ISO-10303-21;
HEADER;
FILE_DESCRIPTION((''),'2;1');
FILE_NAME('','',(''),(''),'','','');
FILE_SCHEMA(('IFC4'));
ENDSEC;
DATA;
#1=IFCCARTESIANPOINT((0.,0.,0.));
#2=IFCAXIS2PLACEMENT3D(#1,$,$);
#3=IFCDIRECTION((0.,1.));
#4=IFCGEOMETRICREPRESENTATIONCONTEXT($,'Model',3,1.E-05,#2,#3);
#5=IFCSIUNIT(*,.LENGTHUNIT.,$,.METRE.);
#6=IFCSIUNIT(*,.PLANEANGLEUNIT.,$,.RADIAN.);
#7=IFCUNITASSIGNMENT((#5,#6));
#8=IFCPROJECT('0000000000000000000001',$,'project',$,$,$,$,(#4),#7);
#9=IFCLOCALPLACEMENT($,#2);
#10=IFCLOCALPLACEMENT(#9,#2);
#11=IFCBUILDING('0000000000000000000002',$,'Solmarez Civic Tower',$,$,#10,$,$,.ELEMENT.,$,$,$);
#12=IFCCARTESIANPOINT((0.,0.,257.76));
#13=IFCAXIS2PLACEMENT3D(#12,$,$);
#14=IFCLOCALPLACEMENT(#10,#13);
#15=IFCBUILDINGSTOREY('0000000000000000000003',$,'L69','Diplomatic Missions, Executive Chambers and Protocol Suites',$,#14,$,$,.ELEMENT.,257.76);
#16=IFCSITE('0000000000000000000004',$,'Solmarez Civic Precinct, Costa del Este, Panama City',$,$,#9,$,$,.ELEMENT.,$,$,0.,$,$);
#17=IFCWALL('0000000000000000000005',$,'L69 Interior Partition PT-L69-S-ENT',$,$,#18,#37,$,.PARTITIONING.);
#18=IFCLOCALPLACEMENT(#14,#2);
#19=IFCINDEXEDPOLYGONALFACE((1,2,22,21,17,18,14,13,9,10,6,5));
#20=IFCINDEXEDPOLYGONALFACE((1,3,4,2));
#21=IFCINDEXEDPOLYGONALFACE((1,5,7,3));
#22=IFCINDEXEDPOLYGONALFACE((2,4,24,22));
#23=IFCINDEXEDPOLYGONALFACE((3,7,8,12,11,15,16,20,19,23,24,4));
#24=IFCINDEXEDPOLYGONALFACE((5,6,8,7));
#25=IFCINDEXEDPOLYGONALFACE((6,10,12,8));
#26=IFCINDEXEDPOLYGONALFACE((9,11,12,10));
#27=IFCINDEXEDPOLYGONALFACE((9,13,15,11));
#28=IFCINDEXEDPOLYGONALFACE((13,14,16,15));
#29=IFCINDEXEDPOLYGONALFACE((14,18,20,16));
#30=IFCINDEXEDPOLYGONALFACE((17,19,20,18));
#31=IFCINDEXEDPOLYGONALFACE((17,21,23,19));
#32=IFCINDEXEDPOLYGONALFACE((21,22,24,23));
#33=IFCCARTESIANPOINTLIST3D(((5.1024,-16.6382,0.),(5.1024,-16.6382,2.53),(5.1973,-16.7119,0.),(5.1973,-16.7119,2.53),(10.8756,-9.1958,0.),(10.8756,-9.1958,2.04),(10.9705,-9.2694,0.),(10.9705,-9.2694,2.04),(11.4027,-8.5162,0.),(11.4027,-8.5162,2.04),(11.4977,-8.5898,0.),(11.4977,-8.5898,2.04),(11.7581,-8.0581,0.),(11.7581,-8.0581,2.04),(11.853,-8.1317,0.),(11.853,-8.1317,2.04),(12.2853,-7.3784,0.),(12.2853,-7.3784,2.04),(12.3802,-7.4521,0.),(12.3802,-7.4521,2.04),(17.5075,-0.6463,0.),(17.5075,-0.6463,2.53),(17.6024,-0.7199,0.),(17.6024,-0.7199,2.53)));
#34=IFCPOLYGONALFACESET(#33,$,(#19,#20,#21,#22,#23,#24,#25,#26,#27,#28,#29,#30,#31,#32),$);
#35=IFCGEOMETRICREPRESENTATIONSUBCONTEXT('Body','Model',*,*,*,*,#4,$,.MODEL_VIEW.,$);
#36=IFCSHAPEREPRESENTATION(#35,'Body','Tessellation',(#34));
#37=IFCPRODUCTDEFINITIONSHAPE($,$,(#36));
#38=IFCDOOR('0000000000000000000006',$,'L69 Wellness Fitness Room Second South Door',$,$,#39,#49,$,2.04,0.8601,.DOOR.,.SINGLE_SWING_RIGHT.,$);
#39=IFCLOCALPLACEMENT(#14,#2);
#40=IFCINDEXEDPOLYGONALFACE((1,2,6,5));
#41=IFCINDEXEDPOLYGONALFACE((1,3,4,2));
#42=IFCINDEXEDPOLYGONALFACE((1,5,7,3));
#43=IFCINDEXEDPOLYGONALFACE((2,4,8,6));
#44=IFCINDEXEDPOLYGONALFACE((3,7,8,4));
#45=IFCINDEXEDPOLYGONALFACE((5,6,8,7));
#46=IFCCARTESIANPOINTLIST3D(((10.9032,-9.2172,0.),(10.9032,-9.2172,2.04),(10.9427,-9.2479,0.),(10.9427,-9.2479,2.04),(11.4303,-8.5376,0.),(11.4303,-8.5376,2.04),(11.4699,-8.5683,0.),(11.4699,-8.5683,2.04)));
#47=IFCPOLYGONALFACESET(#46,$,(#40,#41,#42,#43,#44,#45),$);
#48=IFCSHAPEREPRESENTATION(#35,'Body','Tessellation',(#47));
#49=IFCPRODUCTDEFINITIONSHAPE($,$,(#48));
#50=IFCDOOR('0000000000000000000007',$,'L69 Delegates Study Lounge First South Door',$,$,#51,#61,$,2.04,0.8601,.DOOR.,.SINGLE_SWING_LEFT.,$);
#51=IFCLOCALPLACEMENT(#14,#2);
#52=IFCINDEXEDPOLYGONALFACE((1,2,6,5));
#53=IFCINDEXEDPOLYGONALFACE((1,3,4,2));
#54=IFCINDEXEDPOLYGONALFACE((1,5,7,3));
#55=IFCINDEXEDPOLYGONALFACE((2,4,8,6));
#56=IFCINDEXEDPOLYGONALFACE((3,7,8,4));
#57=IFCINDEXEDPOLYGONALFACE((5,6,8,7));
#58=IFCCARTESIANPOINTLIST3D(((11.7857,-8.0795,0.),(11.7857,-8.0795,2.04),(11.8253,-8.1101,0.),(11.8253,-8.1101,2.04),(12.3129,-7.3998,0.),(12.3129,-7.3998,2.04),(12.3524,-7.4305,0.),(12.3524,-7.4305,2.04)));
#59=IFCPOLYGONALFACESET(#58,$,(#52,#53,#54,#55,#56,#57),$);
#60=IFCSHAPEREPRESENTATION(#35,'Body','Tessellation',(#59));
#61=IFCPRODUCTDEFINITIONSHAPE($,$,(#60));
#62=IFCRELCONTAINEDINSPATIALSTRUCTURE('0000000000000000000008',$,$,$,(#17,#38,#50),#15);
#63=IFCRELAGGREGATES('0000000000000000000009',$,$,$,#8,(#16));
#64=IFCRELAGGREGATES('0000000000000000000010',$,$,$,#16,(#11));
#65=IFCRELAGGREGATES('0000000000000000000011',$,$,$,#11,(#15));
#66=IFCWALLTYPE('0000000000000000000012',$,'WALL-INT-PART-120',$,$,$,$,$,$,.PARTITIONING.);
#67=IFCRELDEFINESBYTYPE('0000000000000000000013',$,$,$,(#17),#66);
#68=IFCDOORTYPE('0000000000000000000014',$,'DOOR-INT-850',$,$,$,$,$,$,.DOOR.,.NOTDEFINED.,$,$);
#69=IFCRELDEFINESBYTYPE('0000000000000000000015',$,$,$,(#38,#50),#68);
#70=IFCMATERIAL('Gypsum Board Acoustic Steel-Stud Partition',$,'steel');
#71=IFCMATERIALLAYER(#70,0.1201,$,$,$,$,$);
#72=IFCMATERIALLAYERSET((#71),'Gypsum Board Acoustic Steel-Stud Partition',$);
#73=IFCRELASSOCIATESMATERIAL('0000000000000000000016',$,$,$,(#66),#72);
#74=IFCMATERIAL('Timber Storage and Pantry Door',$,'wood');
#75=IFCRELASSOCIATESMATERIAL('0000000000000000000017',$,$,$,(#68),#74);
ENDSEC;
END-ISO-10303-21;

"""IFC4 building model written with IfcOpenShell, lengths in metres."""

from ifc_helpers import new_model, si_unit, direction, frame, frame_2d, origin, place, context, subcontext, project, spatial, rectangle, extrude, material, layer, layer_set, type_object, element, fill, save


model = new_model("IFC4")

# Units and contexts
model_context = context("Model", 3, precision=1e-05, world=origin(), true_north=direction((0.0, 1.0)))
body_context = subcontext(model_context, "Body", "Model", "MODEL_VIEW")
ifc_project = project(units=[si_unit("LENGTHUNIT", "METRE"), si_unit("PLANEANGLEUNIT", "RADIAN")], contexts=[model_context])

# Site, building, storey
site_placement = place(None, origin())
site = spatial("IfcSite", under=ifc_project, at=site_placement, Name="Solmarez Civic Precinct, Costa del Este, Panama City", CompositionType="ELEMENT", RefElevation=0.0)
building_placement = place(site_placement, origin())
building = spatial("IfcBuilding", under=site, at=building_placement, Name="Solmarez Civic Tower", CompositionType="ELEMENT")
storey_placement = place(building_placement, frame((0.0, 0.0, 257.76)))
storey = spatial("IfcBuildingStorey", under=building, at=storey_placement, Name="L69", Description="Diplomatic Missions, Executive Chambers and Protocol Suites", CompositionType="ELEMENT", Elevation=257.76)

# Shared definitions
ifc_material_1 = material(Name="Gypsum Board Acoustic Steel-Stud Partition", Category="steel")
ifc_layer_1 = layer(ifc_material_1, 0.1201)
ifc_layer_set_1 = layer_set([ifc_layer_1], Name="Gypsum Board Acoustic Steel-Stud Partition")
wall_type_1 = type_object("IfcWallType", Name="WALL-INT-PART-120", PredefinedType="PARTITIONING", material=ifc_layer_set_1)

# Wall, openings, doors
wall_1_placement = place(storey_placement, frame((17.5549, -0.6831, 0.0), z_axis=(0.0, 0.0, 1.0), x_axis=(-0.61292, -0.790145, 0.0)))
wall_1 = element("IfcWall", 1, at=wall_1_placement, inside=storey, type_object=wall_type_1, Name="L69 Interior Partition PT-L69-S-ENT", PredefinedType="PARTITIONING", context=body_context, shape_type="SweptSolid", body=[
    extrude(rectangle(XDim=20.2393, YDim=0.1201, at=frame_2d((10.1196, 0.0))), origin(), (0.0, 0.0, 1.0), 2.53),
])
opening_1_placement = place(wall_1_placement, frame((9.96, 0.0, 0.0)))
opening_1 = element("IfcOpeningElement", 2, at=opening_1_placement, cuts=wall_1, PredefinedType="OPENING", context=body_context, shape_type="SweptSolid", body=[
    extrude(rectangle(XDim=0.8601, YDim=2.04, at=frame_2d((0.4302, 1.02))), frame((0.0, 0.0701, 0.0), z_axis=(0.0, -1.0, 0.0), x_axis=(1.0, 0.0, 0.0)), (0.0, 0.0, 1.0), 0.1401),
])
opening_2_placement = place(wall_1_placement, frame((8.52, 0.0, 0.0)))
opening_2 = element("IfcOpeningElement", 3, at=opening_2_placement, cuts=wall_1, PredefinedType="OPENING", context=body_context, shape_type="SweptSolid", body=[
    extrude(rectangle(XDim=0.8601, YDim=2.04, at=frame_2d((0.4302, 1.02))), frame((0.0, 0.0701, 0.0), z_axis=(0.0, -1.0, 0.0), x_axis=(1.0, 0.0, 0.0)), (0.0, 0.0, 1.0), 0.1401),
])
ifc_material_2 = material(Name="Timber Storage and Pantry Door", Category="wood")
door_type_1 = type_object("IfcDoorType", Name="DOOR-INT-850", OperationType="NOTDEFINED", PredefinedType="DOOR", material=ifc_material_2)
door_1_placement = place(opening_1_placement, origin())
door_1 = element("IfcDoor", 4, at=door_1_placement, inside=storey, type_object=door_type_1, Name="L69 Wellness Fitness Room Second South Door", OperationType="SINGLE_SWING_RIGHT", OverallHeight=2.04, OverallWidth=0.8601, PredefinedType="DOOR", context=body_context, shape_type="SweptSolid", body=[
    extrude(rectangle(XDim=0.8601, YDim=2.04, at=frame_2d((0.4302, 1.02))), frame((0.0, 0.0249, 0.0), z_axis=(0.0, -1.0, 0.0), x_axis=(1.0, 0.0, 0.0)), (0.0, 0.0, 1.0), 0.05),
])
fill(opening_1, door_1)
door_2_placement = place(opening_2_placement, origin())
door_2 = element("IfcDoor", 5, at=door_2_placement, inside=storey, type_object=door_type_1, Name="L69 Delegates Study Lounge First South Door", OperationType="SINGLE_SWING_LEFT", OverallHeight=2.04, OverallWidth=0.8601, PredefinedType="DOOR", context=body_context, shape_type="SweptSolid", body=[
    extrude(rectangle(XDim=0.8601, YDim=2.04, at=frame_2d((0.4302, 1.02))), frame((0.0, 0.0249, 0.0), z_axis=(0.0, -1.0, 0.0), x_axis=(1.0, 0.0, 0.0)), (0.0, 0.0, 1.0), 0.05),
])
fill(opening_2, door_2)

save(model, "model.ifc")
